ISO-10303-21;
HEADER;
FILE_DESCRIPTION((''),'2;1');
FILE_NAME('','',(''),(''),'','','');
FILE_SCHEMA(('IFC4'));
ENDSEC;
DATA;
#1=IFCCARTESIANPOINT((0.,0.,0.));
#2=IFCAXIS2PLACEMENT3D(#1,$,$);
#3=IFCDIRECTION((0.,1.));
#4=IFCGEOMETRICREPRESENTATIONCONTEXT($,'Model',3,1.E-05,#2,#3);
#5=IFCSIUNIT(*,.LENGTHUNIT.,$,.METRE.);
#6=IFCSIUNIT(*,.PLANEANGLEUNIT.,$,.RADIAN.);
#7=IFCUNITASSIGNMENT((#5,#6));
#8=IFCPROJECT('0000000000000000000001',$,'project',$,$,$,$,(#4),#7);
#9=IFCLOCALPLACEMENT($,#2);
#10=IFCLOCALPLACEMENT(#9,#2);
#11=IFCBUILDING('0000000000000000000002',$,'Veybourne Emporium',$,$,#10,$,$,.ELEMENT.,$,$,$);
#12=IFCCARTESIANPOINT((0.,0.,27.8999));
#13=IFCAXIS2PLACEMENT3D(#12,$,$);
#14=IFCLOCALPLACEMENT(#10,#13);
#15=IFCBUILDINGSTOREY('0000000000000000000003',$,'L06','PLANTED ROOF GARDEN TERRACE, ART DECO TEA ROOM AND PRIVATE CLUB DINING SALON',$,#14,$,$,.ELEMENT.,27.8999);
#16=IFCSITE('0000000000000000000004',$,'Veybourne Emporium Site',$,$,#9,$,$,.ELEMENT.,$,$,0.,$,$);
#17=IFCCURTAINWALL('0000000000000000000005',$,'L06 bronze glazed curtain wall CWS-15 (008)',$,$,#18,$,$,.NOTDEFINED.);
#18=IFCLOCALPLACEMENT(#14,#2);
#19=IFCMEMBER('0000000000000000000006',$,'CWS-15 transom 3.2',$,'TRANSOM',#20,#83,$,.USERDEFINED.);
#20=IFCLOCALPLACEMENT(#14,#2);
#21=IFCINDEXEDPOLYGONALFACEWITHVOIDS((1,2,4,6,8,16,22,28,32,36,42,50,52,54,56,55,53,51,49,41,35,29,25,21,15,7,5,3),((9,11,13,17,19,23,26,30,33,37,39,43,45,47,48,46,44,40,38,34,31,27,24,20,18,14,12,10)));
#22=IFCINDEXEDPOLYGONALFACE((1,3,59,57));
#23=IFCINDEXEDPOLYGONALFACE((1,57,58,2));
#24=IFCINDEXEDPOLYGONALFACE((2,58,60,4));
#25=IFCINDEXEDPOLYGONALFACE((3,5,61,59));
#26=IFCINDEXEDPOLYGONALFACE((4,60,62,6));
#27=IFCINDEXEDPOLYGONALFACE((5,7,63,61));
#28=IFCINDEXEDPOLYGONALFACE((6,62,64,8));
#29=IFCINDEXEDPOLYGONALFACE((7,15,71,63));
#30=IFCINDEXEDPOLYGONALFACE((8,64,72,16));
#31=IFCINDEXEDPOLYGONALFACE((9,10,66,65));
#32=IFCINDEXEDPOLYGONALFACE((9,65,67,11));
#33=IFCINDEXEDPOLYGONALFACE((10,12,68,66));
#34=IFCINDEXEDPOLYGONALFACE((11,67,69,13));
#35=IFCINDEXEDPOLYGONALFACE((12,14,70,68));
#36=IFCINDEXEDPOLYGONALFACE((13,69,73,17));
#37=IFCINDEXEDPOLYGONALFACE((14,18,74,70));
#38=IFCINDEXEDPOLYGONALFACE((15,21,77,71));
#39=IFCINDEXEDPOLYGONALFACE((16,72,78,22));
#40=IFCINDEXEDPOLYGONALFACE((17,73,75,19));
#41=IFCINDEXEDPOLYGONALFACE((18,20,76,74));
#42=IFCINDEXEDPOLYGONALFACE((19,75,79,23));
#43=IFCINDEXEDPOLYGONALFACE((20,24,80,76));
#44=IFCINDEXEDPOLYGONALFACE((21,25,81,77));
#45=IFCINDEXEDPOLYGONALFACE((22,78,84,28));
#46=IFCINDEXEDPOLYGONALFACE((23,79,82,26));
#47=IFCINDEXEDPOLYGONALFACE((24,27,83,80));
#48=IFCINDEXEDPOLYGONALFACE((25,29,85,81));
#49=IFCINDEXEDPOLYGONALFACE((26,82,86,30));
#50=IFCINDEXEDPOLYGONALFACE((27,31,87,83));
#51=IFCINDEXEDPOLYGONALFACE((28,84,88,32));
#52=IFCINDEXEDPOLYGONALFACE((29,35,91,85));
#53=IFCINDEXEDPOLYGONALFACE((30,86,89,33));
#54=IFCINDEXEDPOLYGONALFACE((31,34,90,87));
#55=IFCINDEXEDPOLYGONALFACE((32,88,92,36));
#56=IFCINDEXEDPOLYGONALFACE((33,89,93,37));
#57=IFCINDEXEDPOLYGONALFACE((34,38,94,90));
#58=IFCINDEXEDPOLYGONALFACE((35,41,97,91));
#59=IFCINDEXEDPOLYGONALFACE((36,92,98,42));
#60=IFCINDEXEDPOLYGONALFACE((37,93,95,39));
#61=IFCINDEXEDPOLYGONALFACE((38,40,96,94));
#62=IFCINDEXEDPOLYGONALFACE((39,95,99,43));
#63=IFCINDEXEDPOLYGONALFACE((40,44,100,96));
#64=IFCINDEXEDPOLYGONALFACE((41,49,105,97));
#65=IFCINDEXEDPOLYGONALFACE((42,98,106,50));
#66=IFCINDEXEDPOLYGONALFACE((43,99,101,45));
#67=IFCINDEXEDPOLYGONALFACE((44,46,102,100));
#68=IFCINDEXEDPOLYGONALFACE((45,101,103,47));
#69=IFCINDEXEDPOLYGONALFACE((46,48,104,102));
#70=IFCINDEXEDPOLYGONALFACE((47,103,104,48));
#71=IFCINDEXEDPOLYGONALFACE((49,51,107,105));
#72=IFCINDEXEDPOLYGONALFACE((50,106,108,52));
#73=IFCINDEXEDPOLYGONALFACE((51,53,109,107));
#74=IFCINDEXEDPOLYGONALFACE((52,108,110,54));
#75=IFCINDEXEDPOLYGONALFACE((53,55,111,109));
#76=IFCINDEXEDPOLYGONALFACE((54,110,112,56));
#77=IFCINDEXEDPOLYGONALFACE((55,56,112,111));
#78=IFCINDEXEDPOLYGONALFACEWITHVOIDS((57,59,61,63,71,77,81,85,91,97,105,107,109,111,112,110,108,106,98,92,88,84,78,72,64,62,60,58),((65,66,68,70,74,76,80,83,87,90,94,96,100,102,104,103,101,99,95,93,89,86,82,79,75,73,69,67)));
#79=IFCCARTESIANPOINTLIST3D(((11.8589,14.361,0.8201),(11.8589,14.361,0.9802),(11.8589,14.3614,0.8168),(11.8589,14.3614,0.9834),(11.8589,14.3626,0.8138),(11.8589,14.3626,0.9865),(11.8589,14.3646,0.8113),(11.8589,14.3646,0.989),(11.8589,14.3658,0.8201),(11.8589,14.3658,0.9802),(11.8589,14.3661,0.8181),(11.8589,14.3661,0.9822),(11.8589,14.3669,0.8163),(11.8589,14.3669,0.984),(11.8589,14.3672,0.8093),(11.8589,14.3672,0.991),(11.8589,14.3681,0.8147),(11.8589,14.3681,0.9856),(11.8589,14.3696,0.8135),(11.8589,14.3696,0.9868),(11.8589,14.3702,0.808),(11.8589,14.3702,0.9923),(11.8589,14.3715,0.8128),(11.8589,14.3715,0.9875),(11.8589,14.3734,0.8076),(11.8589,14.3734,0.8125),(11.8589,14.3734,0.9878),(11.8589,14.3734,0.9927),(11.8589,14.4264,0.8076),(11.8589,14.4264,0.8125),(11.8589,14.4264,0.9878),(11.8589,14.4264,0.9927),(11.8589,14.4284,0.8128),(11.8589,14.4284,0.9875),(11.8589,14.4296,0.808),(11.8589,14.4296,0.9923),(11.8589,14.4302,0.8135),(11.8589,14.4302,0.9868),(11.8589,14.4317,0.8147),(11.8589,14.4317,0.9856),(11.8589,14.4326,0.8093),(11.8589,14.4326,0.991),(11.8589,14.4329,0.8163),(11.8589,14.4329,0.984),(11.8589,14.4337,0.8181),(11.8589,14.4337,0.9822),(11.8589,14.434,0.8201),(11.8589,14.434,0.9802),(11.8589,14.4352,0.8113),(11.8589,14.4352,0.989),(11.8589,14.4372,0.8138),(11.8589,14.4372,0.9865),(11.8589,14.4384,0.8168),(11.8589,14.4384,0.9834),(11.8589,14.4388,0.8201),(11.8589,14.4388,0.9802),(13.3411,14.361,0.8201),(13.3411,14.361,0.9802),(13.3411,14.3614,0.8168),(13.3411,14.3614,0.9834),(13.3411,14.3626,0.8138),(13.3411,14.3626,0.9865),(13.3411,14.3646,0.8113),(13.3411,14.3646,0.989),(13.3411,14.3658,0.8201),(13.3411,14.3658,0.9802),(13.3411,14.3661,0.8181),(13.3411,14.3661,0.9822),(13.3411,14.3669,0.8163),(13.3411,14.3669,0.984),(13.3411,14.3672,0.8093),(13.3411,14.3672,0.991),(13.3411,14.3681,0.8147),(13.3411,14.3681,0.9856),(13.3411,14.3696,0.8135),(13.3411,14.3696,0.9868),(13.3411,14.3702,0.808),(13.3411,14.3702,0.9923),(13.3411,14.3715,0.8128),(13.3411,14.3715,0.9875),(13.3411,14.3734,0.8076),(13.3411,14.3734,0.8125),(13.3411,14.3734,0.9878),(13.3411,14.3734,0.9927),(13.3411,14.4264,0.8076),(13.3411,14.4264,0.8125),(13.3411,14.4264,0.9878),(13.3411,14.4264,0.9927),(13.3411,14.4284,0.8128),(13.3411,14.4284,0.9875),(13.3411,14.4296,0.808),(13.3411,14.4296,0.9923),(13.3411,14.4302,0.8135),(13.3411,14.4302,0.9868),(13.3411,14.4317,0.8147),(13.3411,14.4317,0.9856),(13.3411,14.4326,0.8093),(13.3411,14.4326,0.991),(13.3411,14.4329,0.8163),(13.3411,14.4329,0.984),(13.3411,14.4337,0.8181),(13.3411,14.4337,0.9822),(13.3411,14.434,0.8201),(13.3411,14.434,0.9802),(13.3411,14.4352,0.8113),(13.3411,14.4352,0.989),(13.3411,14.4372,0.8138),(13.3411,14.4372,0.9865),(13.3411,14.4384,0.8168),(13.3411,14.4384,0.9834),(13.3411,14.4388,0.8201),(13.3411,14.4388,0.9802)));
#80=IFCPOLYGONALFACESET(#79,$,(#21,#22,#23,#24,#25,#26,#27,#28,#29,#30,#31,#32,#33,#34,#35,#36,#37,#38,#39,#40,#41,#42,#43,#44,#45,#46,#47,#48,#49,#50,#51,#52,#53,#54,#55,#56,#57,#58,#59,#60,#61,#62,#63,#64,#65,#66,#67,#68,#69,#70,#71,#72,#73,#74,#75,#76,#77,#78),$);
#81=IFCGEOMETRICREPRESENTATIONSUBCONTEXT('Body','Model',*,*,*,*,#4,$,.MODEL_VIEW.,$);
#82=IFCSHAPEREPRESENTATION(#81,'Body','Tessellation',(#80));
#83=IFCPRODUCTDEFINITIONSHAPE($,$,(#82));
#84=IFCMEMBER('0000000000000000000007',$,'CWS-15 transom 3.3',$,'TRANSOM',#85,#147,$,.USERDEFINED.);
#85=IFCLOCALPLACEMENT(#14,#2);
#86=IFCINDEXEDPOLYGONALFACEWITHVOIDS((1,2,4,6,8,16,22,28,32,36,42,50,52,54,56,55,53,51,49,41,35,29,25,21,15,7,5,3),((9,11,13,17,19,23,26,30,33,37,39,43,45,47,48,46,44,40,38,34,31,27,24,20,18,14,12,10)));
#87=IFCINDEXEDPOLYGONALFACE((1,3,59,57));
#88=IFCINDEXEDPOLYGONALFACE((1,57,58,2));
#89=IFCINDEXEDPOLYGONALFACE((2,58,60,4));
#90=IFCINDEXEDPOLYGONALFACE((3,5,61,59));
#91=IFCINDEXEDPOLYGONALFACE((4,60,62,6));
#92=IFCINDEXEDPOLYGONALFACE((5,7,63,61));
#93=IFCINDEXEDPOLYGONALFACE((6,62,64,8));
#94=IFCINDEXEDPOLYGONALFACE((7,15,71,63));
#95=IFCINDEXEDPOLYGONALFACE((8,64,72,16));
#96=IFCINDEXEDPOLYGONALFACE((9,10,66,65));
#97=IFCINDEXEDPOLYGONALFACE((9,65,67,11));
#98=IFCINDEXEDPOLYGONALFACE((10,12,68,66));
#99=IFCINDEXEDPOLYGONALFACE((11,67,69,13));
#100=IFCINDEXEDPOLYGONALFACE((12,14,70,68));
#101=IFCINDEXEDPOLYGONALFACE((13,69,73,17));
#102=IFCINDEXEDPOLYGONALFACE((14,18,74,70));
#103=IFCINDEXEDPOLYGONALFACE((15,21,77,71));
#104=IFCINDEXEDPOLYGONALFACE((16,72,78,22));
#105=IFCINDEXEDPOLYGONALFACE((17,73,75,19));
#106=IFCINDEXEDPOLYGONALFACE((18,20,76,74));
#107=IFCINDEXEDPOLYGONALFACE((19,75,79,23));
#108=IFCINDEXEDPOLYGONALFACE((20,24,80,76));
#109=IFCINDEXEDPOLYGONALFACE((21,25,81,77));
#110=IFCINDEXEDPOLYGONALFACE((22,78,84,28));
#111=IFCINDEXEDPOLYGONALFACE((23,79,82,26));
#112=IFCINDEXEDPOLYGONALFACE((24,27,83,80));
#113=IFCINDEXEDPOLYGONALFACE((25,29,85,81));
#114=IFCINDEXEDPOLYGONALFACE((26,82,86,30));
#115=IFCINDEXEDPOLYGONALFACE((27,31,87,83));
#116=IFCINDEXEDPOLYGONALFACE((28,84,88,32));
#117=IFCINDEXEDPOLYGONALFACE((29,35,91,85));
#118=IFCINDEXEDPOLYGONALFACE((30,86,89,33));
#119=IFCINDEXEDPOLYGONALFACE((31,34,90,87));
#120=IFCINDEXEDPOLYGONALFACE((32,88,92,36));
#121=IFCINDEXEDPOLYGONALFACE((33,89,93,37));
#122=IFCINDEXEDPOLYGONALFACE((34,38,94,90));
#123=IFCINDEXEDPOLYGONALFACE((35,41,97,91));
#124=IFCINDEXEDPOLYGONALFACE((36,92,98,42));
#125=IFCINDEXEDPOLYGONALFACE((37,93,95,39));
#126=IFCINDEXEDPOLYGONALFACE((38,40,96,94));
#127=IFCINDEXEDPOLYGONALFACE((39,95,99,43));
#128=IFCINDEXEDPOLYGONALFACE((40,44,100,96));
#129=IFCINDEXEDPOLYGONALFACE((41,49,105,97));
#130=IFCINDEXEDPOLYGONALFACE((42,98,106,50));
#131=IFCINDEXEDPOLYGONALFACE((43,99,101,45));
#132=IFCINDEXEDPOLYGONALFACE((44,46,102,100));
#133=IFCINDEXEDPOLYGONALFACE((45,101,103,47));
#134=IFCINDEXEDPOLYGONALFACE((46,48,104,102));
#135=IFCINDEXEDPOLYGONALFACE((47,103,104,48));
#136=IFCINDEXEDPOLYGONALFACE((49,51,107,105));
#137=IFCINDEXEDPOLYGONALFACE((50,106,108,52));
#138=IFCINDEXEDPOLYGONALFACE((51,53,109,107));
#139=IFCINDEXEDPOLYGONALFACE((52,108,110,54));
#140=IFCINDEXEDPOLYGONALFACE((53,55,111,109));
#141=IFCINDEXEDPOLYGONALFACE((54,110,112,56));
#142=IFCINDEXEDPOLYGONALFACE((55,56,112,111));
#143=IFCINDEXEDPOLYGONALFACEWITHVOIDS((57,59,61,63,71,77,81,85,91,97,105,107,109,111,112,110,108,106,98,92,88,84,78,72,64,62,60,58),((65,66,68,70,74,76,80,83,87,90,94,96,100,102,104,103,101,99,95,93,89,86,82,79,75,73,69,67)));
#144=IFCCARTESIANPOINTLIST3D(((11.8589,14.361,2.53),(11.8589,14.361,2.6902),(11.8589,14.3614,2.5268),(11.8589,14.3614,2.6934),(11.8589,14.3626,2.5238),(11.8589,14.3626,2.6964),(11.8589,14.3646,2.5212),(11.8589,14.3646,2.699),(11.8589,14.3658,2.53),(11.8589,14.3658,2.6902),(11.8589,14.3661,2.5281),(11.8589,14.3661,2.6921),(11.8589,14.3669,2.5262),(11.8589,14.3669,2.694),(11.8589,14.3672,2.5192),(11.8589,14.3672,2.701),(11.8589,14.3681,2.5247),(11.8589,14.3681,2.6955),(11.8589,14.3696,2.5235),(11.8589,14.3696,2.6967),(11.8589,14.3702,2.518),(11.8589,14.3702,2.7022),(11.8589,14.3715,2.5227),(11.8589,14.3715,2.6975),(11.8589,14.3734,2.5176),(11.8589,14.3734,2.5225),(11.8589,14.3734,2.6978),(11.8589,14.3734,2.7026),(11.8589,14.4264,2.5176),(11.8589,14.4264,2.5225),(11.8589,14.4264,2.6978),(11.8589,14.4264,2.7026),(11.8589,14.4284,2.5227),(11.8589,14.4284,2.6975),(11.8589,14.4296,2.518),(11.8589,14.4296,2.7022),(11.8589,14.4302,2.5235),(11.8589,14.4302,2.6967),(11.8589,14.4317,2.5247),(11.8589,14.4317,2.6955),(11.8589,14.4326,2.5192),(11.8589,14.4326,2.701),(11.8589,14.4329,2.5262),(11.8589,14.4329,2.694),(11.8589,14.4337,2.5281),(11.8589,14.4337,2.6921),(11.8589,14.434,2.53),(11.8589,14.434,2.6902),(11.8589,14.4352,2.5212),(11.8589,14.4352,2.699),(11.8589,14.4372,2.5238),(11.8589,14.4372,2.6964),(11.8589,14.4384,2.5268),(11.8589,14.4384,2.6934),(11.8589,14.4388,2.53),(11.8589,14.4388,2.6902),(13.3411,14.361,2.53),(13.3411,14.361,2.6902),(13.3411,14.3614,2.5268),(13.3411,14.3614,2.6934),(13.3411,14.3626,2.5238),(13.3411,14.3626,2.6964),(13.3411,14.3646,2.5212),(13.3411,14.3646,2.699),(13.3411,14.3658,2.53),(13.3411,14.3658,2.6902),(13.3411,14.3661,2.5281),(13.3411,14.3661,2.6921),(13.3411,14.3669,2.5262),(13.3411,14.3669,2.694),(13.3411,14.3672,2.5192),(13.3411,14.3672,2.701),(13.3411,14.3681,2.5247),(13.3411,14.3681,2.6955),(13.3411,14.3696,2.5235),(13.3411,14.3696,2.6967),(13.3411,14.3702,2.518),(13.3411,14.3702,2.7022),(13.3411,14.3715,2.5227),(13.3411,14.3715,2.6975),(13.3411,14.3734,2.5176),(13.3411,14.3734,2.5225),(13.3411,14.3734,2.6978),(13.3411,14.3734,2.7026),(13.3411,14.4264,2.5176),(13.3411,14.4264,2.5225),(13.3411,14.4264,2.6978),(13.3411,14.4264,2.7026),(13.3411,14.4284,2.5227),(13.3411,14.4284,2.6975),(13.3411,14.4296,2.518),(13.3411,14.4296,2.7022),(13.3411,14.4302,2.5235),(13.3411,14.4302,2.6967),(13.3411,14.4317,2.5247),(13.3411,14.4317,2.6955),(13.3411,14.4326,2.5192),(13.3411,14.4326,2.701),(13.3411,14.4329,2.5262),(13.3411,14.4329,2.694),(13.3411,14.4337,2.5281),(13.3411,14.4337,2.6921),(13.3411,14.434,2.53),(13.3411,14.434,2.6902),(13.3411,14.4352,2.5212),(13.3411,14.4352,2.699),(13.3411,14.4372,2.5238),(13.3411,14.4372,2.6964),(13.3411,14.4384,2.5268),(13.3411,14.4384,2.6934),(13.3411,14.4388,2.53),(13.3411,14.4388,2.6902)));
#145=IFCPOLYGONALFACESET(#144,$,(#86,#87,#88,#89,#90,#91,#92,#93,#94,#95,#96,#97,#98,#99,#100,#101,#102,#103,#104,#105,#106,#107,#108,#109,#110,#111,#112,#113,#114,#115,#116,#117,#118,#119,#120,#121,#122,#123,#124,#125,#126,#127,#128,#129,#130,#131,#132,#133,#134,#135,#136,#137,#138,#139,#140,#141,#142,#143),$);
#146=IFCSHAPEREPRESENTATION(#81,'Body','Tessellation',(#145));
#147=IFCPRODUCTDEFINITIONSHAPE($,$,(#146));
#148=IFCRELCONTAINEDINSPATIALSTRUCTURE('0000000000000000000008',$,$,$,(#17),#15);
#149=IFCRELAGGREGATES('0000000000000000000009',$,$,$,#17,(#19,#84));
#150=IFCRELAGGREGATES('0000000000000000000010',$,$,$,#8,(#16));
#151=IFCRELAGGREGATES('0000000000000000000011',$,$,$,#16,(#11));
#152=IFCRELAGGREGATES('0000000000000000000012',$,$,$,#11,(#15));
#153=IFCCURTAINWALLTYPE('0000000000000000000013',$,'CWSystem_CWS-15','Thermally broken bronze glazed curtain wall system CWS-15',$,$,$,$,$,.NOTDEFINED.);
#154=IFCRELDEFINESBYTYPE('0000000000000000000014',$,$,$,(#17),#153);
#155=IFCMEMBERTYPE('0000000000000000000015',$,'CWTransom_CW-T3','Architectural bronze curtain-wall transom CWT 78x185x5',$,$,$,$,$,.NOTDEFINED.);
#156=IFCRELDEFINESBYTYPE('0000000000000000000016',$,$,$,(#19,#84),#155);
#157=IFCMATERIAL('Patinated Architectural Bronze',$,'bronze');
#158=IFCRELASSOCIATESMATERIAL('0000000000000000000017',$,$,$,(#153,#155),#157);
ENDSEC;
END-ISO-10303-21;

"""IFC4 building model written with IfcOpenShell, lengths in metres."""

from ifc_helpers import new_model, si_unit, direction, frame, origin, origin_2d, place, context, subcontext, project, spatial, hollow_rectangle, extrude, material, material_profile, profile_set, type_object, element, aggregate, save


model = new_model("IFC4")

# Units and contexts
model_context = context("Model", 3, precision=1e-05, world=origin(), true_north=direction((0.0, 1.0)))
body_context = subcontext(model_context, "Body", "Model", "MODEL_VIEW")
ifc_project = project(units=[si_unit("LENGTHUNIT", "METRE"), si_unit("PLANEANGLEUNIT", "RADIAN")], contexts=[model_context])

# Site, building, storey
site_placement = place(None, origin())
site = spatial("IfcSite", under=ifc_project, at=site_placement, Name="Veybourne Emporium Site", CompositionType="ELEMENT", RefElevation=0.0)
building_placement = place(site_placement, origin())
building = spatial("IfcBuilding", under=site, at=building_placement, Name="Veybourne Emporium", CompositionType="ELEMENT")
storey_placement = place(building_placement, frame((0.0, 0.0, 27.8999)))
storey = spatial("IfcBuildingStorey", under=building, at=storey_placement, Name="L06", Description="PLANTED ROOF GARDEN TERRACE, ART DECO TEA ROOM AND PRIVATE CLUB DINING SALON", CompositionType="ELEMENT", Elevation=27.8999)

# Curtain wall, members
ifc_material_1 = material(Name="Patinated Architectural Bronze", Category="bronze")
curtain_wall_type = type_object("IfcCurtainWallType", Name="CWSystem_CWS-15", Description="Thermally broken bronze glazed curtain wall system CWS-15", PredefinedType="NOTDEFINED", material=ifc_material_1)
curtain_wall_placement = place(storey_placement, origin())
curtain_wall = element("IfcCurtainWall", 1, at=curtain_wall_placement, inside=storey, type_object=curtain_wall_type, Name="L06 bronze glazed curtain wall CWS-15 (008)", PredefinedType="NOTDEFINED")
ifc_material_profile_1 = material_profile(ifc_material_1, hollow_rectangle(XDim=0.0779, YDim=0.1851, WallThickness=0.0049, InnerFilletRadius=0.0076, OuterFilletRadius=0.0125, at=origin_2d()), Name="CWT 78x185x5")
ifc_profile_set_1 = profile_set([ifc_material_profile_1], Name="Patinated Architectural Bronze")
member_type_1 = type_object("IfcMemberType", Name="CWTransom_CW-T3", Description="Architectural bronze curtain-wall transom CWT 78x185x5", PredefinedType="NOTDEFINED", material=ifc_profile_set_1)
member_1_placement = place(storey_placement, frame((13.3411, 14.3999, 0.9001), z_axis=(-1.0, 0.0, 0.0), x_axis=(0.0, -1.0, 0.0)))
member_1 = element("IfcMember", 2, at=member_1_placement, type_object=member_type_1, Name="CWS-15 transom 3.2", ObjectType="TRANSOM", PredefinedType="USERDEFINED", context=body_context, shape_type="SweptSolid", body=[
    extrude(hollow_rectangle(XDim=0.0779, YDim=0.1851, WallThickness=0.0049, InnerFilletRadius=0.0076, OuterFilletRadius=0.0125, at=origin_2d()), origin(), (0.0, 0.0, 1.0), 1.4822),
])
member_2_placement = place(storey_placement, frame((13.3411, 14.3999, 2.6101), z_axis=(-1.0, 0.0, 0.0), x_axis=(0.0, -1.0, 0.0)))
member_2 = element("IfcMember", 3, at=member_2_placement, type_object=member_type_1, Name="CWS-15 transom 3.3", ObjectType="TRANSOM", PredefinedType="USERDEFINED", context=body_context, shape_type="SweptSolid", body=[
    extrude(hollow_rectangle(XDim=0.0779, YDim=0.1851, WallThickness=0.0049, InnerFilletRadius=0.0076, OuterFilletRadius=0.0125, at=origin_2d()), origin(), (0.0, 0.0, 1.0), 1.4822),
])
aggregate(curtain_wall, [member_1, member_2])

save(model, "model.ifc")
